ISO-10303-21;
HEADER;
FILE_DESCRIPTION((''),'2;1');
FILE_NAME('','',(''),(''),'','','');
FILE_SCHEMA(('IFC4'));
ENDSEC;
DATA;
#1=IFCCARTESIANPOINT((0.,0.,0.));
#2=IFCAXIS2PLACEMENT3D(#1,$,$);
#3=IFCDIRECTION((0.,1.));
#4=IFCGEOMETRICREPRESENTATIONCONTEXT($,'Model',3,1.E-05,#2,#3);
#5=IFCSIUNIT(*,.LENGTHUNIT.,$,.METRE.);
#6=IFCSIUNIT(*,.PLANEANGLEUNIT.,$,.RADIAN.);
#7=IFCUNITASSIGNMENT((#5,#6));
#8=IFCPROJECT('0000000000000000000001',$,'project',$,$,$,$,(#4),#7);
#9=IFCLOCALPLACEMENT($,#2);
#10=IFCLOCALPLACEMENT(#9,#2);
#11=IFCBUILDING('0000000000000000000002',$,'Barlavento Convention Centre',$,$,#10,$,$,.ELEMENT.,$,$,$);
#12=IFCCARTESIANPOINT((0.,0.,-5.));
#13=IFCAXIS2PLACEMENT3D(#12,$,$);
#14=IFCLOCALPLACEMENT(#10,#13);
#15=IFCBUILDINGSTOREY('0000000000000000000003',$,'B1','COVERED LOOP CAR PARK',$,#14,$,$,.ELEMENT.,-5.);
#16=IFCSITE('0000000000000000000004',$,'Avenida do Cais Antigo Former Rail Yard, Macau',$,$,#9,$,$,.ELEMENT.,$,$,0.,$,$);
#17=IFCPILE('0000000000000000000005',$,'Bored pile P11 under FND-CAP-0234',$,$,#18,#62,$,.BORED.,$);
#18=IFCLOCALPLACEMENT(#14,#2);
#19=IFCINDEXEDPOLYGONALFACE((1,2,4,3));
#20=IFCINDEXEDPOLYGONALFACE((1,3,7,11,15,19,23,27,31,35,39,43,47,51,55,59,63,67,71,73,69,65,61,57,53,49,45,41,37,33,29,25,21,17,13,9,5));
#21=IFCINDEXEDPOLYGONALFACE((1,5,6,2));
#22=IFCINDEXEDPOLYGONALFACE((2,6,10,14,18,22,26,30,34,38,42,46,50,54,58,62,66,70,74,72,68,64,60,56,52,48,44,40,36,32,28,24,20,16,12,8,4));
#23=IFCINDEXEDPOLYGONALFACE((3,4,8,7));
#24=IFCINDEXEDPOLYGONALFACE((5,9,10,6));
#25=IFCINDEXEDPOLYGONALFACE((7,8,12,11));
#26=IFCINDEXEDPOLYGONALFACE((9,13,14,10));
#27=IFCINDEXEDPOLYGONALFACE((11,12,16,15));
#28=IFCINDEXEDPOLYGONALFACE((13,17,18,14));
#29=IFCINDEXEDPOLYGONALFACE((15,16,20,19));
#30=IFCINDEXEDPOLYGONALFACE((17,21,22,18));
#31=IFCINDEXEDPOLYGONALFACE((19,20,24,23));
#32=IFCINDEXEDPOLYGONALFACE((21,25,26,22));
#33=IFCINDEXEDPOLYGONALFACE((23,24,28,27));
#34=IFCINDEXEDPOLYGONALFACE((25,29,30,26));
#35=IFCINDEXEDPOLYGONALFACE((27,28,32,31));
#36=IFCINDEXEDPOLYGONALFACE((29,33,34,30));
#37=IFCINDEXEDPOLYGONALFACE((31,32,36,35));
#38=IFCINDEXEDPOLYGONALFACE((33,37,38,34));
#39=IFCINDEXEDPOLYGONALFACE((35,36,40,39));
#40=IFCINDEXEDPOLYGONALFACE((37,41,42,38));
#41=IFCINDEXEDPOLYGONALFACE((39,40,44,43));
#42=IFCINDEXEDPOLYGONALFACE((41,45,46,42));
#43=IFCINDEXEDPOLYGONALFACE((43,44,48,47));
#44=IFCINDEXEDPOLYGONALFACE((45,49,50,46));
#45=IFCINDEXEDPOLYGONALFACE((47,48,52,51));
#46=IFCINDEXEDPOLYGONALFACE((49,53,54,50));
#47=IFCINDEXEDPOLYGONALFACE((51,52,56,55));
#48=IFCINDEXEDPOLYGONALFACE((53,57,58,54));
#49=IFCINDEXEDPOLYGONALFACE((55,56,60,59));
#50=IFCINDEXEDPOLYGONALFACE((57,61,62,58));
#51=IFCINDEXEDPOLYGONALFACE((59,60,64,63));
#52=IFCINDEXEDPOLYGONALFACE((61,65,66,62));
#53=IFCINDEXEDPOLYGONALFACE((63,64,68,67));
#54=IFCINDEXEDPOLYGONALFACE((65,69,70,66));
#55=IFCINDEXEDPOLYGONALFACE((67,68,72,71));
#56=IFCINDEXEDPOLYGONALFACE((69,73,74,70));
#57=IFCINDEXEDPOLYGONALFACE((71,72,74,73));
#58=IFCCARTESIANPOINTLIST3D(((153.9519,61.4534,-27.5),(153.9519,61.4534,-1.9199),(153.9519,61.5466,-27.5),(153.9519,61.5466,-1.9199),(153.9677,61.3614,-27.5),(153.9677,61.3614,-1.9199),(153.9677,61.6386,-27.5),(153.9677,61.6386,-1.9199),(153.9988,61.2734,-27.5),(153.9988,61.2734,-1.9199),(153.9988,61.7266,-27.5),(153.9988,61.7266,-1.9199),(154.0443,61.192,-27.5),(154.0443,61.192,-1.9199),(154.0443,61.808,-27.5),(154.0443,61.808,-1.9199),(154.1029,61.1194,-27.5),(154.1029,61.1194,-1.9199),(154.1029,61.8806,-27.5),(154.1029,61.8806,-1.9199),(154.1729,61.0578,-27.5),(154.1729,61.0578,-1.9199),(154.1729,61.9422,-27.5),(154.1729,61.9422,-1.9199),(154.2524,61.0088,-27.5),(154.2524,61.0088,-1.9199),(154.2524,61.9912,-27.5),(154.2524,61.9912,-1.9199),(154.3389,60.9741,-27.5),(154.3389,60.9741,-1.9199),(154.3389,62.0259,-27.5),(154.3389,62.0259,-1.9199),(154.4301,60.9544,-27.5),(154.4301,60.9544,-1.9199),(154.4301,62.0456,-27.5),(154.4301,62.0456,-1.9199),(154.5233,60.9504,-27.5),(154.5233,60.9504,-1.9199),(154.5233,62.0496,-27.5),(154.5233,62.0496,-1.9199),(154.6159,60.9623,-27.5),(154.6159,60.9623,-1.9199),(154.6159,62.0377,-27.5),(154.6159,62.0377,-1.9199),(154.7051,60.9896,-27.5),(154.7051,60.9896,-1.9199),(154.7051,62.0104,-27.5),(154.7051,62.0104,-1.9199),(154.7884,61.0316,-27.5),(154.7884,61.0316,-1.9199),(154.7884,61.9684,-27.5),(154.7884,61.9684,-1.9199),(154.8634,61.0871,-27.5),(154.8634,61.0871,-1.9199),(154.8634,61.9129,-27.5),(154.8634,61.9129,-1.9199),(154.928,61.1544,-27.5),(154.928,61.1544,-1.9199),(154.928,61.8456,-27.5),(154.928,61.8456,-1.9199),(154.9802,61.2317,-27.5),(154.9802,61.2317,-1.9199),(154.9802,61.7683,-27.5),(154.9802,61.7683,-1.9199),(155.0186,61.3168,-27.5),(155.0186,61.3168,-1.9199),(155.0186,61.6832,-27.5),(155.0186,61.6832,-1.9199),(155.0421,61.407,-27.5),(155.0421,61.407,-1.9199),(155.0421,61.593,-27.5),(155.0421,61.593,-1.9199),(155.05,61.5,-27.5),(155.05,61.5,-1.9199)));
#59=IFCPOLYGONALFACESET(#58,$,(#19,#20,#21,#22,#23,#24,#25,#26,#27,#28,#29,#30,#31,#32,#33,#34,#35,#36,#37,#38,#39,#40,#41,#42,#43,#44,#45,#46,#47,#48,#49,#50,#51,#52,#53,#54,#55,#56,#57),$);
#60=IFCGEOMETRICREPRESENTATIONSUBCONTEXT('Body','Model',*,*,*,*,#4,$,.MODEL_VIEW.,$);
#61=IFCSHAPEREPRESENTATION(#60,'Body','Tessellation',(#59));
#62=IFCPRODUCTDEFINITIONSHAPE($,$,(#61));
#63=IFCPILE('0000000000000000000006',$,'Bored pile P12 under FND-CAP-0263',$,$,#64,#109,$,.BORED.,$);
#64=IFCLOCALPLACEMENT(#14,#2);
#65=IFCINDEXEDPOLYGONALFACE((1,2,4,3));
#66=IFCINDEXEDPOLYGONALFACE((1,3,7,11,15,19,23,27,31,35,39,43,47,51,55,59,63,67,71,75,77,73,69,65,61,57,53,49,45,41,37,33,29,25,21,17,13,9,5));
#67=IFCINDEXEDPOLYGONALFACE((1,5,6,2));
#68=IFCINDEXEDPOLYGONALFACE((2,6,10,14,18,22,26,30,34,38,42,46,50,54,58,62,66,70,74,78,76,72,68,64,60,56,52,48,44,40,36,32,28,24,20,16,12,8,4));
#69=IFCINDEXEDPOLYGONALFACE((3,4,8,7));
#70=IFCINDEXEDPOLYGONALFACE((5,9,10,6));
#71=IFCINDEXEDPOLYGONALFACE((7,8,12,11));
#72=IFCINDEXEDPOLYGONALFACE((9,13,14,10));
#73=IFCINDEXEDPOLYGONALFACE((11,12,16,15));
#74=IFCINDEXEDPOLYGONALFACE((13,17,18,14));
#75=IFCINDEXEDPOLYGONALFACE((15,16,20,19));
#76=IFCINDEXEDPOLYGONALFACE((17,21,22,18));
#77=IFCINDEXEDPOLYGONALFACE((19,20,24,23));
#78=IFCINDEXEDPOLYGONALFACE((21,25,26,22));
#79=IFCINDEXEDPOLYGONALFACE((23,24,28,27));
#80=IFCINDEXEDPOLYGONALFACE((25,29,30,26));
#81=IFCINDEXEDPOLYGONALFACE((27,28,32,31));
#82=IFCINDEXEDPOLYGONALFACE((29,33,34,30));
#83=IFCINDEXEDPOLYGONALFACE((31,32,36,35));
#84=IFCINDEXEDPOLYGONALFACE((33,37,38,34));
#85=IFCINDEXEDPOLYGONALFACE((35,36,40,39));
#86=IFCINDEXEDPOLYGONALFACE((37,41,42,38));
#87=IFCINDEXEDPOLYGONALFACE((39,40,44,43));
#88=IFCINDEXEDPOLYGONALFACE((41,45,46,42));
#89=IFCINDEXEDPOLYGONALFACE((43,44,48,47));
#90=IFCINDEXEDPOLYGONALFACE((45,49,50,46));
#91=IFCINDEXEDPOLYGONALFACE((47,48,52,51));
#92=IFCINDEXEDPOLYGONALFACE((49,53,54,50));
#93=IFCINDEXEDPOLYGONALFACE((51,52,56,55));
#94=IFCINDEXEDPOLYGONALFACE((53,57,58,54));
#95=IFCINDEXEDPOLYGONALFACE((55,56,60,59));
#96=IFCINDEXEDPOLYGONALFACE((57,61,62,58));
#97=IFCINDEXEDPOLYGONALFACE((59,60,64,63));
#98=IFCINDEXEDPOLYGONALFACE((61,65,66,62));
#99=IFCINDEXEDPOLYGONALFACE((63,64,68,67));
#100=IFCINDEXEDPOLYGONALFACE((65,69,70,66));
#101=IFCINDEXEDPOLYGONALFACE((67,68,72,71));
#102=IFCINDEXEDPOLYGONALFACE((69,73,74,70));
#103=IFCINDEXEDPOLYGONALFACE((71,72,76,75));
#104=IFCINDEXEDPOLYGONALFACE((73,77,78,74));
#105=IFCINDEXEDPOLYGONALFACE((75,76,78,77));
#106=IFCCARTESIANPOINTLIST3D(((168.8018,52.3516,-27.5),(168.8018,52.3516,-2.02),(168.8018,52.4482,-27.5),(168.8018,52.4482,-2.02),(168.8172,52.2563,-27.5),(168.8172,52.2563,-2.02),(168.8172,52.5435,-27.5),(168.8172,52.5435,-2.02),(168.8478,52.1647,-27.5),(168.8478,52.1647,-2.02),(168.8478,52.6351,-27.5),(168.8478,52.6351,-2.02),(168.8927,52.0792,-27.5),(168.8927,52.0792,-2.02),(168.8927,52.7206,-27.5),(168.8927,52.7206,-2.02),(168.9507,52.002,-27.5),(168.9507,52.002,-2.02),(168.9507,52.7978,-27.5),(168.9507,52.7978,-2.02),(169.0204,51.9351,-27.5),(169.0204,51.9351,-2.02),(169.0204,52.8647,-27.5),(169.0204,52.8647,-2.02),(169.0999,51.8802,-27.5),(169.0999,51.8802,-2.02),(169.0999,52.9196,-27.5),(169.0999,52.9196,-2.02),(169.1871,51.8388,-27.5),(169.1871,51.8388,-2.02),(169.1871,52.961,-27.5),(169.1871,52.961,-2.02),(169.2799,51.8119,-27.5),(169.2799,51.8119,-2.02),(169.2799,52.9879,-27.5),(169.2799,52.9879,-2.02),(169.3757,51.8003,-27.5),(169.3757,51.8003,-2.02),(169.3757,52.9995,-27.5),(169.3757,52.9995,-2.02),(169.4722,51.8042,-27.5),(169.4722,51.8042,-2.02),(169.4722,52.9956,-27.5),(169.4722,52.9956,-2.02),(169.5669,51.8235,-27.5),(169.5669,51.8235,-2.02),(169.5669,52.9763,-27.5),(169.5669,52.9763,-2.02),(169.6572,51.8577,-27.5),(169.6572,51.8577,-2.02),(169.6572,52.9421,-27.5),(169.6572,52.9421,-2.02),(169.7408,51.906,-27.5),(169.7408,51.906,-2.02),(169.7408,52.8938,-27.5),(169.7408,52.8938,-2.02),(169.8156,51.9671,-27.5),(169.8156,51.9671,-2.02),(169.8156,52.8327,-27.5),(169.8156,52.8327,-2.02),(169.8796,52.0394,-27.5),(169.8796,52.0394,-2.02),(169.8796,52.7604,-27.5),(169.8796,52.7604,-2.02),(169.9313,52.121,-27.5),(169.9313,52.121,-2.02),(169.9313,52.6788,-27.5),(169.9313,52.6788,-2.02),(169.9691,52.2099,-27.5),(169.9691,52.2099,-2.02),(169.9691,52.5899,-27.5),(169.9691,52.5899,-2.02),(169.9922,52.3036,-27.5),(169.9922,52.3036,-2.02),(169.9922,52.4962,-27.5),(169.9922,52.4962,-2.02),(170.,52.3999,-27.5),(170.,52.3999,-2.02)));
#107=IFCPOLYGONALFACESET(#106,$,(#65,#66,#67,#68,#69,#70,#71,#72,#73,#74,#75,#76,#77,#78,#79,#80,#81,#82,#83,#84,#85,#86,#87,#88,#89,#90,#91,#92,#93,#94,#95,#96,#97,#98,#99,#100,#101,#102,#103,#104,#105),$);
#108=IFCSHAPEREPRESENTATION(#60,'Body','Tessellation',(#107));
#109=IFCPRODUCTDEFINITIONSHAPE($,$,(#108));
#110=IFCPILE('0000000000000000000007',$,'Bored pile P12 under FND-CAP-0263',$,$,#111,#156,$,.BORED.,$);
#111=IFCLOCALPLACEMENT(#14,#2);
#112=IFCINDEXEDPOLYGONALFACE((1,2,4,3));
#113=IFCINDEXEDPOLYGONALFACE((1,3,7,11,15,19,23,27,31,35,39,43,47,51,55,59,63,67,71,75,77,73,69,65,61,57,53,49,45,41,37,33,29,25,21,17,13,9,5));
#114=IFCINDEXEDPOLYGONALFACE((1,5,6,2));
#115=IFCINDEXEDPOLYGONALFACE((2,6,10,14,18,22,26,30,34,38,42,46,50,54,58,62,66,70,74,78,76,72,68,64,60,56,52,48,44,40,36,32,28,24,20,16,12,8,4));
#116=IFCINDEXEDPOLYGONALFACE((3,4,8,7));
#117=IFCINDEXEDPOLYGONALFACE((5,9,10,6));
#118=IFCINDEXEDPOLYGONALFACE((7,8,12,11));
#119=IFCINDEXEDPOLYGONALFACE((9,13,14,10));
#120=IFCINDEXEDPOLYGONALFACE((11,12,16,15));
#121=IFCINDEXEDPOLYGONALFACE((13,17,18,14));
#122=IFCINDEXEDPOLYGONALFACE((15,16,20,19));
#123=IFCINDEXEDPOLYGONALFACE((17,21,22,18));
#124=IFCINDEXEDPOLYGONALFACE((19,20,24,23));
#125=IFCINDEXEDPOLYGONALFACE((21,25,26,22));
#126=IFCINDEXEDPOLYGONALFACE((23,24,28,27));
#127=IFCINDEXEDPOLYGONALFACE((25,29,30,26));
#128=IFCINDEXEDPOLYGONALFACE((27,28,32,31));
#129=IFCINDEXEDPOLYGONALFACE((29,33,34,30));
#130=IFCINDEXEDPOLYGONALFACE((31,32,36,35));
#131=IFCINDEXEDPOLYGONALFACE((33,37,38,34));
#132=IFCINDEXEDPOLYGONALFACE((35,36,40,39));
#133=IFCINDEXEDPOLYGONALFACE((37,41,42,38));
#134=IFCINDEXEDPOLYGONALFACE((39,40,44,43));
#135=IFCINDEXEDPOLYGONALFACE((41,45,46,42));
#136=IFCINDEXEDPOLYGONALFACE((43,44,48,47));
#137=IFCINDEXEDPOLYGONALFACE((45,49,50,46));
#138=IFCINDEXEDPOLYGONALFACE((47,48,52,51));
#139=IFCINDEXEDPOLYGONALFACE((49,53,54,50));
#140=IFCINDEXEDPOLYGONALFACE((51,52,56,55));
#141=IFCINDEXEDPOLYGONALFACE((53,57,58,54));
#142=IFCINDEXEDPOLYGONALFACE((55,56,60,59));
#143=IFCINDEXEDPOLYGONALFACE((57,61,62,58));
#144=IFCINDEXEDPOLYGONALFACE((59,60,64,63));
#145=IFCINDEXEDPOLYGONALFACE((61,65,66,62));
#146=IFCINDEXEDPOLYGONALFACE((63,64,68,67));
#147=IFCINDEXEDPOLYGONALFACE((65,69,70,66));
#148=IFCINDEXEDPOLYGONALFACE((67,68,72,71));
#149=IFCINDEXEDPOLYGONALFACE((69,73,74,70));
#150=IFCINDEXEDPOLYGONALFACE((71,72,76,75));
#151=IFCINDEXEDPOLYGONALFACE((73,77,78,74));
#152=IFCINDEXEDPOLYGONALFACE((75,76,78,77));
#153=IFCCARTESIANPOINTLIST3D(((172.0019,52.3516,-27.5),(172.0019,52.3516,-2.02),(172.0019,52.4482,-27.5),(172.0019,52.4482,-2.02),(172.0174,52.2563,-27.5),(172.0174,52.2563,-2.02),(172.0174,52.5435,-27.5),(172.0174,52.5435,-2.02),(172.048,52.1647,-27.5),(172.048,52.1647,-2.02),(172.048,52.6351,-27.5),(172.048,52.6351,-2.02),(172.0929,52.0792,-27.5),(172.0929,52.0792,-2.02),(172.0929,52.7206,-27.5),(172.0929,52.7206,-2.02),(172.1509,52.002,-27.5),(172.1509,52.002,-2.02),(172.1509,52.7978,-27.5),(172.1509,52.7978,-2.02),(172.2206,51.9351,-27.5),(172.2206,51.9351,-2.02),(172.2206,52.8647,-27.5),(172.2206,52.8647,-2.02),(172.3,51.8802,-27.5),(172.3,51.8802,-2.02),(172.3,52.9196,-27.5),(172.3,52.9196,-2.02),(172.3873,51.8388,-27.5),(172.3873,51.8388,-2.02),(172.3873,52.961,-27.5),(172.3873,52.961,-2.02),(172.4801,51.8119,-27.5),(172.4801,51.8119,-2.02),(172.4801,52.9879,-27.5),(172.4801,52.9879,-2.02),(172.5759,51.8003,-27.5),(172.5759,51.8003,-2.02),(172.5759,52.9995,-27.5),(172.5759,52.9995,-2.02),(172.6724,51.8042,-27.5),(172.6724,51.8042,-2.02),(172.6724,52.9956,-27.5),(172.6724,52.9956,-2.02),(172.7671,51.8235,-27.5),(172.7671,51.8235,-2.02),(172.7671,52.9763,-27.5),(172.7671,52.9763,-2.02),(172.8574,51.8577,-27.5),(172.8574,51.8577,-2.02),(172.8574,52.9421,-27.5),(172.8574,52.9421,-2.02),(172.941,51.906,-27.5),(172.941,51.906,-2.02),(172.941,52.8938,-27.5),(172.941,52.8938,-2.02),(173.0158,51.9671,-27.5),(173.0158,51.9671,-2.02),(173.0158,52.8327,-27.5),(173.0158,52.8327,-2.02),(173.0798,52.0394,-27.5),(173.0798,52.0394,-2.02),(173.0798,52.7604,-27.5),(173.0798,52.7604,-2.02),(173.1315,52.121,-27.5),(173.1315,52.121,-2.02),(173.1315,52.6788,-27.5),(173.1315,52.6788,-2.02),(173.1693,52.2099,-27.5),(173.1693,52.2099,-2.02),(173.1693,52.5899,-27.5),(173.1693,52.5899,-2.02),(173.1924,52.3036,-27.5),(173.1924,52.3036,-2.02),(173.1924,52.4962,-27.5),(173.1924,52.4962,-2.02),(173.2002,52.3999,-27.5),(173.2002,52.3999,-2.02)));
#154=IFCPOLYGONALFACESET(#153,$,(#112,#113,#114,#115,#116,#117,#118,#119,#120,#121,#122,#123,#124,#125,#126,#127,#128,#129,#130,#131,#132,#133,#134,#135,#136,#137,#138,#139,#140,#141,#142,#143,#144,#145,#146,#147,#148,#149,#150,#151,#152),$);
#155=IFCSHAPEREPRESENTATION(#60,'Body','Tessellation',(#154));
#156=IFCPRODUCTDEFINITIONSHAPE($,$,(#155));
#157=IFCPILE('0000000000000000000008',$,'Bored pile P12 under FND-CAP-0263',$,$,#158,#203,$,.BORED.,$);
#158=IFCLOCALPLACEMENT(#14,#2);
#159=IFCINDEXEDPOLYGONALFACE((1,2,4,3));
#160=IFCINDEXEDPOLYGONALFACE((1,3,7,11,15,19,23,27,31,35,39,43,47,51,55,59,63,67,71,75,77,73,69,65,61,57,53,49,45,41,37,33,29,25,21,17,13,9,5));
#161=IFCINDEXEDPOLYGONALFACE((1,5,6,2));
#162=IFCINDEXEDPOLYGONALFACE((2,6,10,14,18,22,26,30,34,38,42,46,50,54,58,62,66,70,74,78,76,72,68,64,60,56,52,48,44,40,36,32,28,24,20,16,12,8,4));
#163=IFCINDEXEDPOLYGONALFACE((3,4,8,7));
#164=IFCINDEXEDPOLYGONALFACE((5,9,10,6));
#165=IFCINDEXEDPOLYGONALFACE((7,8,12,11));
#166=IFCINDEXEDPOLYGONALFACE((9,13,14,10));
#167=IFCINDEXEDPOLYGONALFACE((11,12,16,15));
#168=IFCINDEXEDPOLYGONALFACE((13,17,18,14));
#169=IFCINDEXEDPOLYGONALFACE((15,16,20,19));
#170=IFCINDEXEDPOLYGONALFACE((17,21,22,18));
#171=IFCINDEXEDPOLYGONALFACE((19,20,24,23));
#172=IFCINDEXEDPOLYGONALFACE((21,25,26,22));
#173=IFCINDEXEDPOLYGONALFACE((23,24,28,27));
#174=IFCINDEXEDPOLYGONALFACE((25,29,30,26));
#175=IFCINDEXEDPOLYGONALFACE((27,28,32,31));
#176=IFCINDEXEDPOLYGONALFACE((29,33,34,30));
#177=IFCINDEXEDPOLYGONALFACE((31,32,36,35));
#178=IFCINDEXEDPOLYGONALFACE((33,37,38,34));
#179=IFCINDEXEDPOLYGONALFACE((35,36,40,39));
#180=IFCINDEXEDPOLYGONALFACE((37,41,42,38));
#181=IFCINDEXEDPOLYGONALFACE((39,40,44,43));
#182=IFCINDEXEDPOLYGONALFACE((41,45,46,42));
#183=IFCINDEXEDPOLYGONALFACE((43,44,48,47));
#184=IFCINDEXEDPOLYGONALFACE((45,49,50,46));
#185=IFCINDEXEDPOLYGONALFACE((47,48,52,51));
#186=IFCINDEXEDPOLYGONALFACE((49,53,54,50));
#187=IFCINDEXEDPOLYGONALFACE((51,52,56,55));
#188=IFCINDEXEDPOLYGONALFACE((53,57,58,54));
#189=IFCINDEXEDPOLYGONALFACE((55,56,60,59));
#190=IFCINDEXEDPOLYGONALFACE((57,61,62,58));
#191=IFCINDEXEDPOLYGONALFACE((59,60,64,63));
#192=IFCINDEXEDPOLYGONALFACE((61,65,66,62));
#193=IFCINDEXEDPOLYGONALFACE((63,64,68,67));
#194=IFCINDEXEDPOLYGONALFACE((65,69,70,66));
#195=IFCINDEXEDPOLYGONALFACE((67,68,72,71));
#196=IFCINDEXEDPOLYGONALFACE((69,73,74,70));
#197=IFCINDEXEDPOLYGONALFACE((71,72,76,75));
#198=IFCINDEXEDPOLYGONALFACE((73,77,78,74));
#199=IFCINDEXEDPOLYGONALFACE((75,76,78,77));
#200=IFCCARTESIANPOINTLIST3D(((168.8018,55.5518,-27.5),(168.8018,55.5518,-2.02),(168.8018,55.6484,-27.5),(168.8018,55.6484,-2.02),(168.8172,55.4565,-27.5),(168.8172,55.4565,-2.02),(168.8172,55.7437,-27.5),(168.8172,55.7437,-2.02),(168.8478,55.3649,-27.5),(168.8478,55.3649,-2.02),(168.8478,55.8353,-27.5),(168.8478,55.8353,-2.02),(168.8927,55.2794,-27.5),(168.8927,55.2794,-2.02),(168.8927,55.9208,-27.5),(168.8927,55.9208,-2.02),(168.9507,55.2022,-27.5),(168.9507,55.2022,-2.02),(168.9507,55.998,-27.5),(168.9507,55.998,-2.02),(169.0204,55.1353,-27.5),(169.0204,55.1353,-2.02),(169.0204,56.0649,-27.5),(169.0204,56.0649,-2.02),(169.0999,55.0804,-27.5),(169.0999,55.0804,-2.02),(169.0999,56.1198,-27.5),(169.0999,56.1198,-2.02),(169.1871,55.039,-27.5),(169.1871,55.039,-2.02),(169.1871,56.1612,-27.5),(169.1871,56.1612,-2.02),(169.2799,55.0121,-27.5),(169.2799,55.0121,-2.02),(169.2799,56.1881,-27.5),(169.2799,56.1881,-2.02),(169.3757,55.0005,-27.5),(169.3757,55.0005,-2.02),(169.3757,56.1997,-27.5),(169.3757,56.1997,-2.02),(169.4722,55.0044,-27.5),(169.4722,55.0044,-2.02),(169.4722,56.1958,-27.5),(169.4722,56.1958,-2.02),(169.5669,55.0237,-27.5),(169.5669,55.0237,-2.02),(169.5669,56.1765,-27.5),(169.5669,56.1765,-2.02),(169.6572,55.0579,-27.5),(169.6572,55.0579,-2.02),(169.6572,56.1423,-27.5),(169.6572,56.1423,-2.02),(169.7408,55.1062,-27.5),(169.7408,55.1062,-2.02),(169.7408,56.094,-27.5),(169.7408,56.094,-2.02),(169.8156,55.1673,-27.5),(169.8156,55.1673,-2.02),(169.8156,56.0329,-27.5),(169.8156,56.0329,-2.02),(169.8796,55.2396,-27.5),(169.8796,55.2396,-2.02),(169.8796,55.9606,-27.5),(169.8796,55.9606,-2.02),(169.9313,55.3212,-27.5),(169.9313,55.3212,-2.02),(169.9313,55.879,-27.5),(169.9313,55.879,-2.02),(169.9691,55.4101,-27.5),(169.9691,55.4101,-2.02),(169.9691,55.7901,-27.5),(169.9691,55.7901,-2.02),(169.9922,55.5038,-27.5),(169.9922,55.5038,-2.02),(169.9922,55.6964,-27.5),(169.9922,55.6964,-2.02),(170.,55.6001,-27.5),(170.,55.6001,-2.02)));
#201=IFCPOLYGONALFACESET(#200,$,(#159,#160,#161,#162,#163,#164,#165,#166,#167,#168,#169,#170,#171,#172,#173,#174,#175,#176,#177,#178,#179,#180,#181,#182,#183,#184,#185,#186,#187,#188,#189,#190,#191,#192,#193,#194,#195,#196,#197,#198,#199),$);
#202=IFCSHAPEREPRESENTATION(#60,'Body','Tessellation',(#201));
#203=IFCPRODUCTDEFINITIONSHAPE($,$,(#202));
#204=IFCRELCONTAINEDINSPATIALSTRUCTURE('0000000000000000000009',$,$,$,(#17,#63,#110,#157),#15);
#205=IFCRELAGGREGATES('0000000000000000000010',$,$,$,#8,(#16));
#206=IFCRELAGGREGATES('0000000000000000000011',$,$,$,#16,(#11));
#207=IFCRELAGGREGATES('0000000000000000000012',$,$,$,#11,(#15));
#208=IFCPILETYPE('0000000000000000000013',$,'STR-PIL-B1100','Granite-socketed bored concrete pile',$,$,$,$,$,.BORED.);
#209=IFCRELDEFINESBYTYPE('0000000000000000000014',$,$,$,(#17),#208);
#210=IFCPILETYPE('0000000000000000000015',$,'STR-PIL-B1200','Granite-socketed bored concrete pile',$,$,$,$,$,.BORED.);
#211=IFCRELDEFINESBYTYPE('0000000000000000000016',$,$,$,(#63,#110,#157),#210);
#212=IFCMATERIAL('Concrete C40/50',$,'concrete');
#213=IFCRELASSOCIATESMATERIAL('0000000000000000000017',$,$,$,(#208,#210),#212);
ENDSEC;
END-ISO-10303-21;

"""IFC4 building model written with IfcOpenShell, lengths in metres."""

from ifc_helpers import new_model, si_unit, direction, frame, origin, origin_2d, place, context, subcontext, project, spatial, circle, extrude, material, material_profile, profile_set, type_object, element, save


model = new_model("IFC4")

# Units and contexts
model_context = context("Model", 3, precision=1e-05, world=origin(), true_north=direction((0.0, 1.0)))
body_context = subcontext(model_context, "Body", "Model", "MODEL_VIEW")
ifc_project = project(units=[si_unit("LENGTHUNIT", "METRE"), si_unit("PLANEANGLEUNIT", "RADIAN")], contexts=[model_context])

# Site, building, storey
site_placement = place(None, origin())
site = spatial("IfcSite", under=ifc_project, at=site_placement, Name="Avenida do Cais Antigo Former Rail Yard, Macau", CompositionType="ELEMENT", RefElevation=0.0)
building_placement = place(site_placement, origin())
building = spatial("IfcBuilding", under=site, at=building_placement, Name="Barlavento Convention Centre", CompositionType="ELEMENT")
storey_placement = place(building_placement, frame((0.0, 0.0, -5.0)))
storey = spatial("IfcBuildingStorey", under=building, at=storey_placement, Name="B1", Description="COVERED LOOP CAR PARK", CompositionType="ELEMENT", Elevation=-5.0)

# Shared definitions
ifc_material_1 = material(Name="Concrete C40/50", Category="concrete")

# Piles
ifc_material_profile_1 = material_profile(ifc_material_1, circle(Radius=0.55, at=origin_2d()), Name="BORED PILE 1100")
ifc_profile_set_1 = profile_set([ifc_material_profile_1], Name="Concrete C40/50")
pile_type_1 = type_object("IfcPileType", Name="STR-PIL-B1100", Description="Granite-socketed bored concrete pile", PredefinedType="BORED", material=ifc_profile_set_1)
pile_placement = place(storey_placement, frame((154.5, 61.5, -1.9199), z_axis=(0.0, 0.0, -1.0), x_axis=(1.0, 0.0, 0.0)))
element("IfcPile", 1, at=pile_placement, inside=storey, type_object=pile_type_1, Name="Bored pile P11 under FND-CAP-0234", PredefinedType="BORED", context=body_context, shape_type="SweptSolid", body=[
    extrude(circle(Radius=0.55, at=origin_2d()), origin(), (0.0, 0.0, 1.0), 25.5801),
])
ifc_material_profile_2 = material_profile(ifc_material_1, circle(Radius=0.6001, at=origin_2d()), Name="BORED PILE 1200")
ifc_profile_set_2 = profile_set([ifc_material_profile_2], Name="Concrete C40/50")
pile_type_2 = type_object("IfcPileType", Name="STR-PIL-B1200", Description="Granite-socketed bored concrete pile", PredefinedType="BORED", material=ifc_profile_set_2)
for number, where, z_axis, x_axis, name in (
    (2, (169.3999, 52.3999, -2.02), (0.0, 0.0, -1.0), (1.0, 0.0, 0.0), "Bored pile P12 under FND-CAP-0263"),
    (3, (172.6001, 52.3999, -2.02), (0.0, 0.0, -1.0), (1.0, 0.0, 0.0), "Bored pile P12 under FND-CAP-0263"),
    (4, (169.3999, 55.6001, -2.02), (0.0, 0.0, -1.0), (1.0, 0.0, 0.0), "Bored pile P12 under FND-CAP-0263"),
):
    element("IfcPile", number, at=place(storey_placement, frame(where, z_axis=z_axis, x_axis=x_axis)), inside=storey, type_object=pile_type_2, Name=name, PredefinedType="BORED", context=body_context, shape_type="SweptSolid", body=[
        extrude(circle(Radius=0.6001, at=origin_2d()), origin(), (0.0, 0.0, 1.0), 25.48),
    ])

save(model, "model.ifc")
